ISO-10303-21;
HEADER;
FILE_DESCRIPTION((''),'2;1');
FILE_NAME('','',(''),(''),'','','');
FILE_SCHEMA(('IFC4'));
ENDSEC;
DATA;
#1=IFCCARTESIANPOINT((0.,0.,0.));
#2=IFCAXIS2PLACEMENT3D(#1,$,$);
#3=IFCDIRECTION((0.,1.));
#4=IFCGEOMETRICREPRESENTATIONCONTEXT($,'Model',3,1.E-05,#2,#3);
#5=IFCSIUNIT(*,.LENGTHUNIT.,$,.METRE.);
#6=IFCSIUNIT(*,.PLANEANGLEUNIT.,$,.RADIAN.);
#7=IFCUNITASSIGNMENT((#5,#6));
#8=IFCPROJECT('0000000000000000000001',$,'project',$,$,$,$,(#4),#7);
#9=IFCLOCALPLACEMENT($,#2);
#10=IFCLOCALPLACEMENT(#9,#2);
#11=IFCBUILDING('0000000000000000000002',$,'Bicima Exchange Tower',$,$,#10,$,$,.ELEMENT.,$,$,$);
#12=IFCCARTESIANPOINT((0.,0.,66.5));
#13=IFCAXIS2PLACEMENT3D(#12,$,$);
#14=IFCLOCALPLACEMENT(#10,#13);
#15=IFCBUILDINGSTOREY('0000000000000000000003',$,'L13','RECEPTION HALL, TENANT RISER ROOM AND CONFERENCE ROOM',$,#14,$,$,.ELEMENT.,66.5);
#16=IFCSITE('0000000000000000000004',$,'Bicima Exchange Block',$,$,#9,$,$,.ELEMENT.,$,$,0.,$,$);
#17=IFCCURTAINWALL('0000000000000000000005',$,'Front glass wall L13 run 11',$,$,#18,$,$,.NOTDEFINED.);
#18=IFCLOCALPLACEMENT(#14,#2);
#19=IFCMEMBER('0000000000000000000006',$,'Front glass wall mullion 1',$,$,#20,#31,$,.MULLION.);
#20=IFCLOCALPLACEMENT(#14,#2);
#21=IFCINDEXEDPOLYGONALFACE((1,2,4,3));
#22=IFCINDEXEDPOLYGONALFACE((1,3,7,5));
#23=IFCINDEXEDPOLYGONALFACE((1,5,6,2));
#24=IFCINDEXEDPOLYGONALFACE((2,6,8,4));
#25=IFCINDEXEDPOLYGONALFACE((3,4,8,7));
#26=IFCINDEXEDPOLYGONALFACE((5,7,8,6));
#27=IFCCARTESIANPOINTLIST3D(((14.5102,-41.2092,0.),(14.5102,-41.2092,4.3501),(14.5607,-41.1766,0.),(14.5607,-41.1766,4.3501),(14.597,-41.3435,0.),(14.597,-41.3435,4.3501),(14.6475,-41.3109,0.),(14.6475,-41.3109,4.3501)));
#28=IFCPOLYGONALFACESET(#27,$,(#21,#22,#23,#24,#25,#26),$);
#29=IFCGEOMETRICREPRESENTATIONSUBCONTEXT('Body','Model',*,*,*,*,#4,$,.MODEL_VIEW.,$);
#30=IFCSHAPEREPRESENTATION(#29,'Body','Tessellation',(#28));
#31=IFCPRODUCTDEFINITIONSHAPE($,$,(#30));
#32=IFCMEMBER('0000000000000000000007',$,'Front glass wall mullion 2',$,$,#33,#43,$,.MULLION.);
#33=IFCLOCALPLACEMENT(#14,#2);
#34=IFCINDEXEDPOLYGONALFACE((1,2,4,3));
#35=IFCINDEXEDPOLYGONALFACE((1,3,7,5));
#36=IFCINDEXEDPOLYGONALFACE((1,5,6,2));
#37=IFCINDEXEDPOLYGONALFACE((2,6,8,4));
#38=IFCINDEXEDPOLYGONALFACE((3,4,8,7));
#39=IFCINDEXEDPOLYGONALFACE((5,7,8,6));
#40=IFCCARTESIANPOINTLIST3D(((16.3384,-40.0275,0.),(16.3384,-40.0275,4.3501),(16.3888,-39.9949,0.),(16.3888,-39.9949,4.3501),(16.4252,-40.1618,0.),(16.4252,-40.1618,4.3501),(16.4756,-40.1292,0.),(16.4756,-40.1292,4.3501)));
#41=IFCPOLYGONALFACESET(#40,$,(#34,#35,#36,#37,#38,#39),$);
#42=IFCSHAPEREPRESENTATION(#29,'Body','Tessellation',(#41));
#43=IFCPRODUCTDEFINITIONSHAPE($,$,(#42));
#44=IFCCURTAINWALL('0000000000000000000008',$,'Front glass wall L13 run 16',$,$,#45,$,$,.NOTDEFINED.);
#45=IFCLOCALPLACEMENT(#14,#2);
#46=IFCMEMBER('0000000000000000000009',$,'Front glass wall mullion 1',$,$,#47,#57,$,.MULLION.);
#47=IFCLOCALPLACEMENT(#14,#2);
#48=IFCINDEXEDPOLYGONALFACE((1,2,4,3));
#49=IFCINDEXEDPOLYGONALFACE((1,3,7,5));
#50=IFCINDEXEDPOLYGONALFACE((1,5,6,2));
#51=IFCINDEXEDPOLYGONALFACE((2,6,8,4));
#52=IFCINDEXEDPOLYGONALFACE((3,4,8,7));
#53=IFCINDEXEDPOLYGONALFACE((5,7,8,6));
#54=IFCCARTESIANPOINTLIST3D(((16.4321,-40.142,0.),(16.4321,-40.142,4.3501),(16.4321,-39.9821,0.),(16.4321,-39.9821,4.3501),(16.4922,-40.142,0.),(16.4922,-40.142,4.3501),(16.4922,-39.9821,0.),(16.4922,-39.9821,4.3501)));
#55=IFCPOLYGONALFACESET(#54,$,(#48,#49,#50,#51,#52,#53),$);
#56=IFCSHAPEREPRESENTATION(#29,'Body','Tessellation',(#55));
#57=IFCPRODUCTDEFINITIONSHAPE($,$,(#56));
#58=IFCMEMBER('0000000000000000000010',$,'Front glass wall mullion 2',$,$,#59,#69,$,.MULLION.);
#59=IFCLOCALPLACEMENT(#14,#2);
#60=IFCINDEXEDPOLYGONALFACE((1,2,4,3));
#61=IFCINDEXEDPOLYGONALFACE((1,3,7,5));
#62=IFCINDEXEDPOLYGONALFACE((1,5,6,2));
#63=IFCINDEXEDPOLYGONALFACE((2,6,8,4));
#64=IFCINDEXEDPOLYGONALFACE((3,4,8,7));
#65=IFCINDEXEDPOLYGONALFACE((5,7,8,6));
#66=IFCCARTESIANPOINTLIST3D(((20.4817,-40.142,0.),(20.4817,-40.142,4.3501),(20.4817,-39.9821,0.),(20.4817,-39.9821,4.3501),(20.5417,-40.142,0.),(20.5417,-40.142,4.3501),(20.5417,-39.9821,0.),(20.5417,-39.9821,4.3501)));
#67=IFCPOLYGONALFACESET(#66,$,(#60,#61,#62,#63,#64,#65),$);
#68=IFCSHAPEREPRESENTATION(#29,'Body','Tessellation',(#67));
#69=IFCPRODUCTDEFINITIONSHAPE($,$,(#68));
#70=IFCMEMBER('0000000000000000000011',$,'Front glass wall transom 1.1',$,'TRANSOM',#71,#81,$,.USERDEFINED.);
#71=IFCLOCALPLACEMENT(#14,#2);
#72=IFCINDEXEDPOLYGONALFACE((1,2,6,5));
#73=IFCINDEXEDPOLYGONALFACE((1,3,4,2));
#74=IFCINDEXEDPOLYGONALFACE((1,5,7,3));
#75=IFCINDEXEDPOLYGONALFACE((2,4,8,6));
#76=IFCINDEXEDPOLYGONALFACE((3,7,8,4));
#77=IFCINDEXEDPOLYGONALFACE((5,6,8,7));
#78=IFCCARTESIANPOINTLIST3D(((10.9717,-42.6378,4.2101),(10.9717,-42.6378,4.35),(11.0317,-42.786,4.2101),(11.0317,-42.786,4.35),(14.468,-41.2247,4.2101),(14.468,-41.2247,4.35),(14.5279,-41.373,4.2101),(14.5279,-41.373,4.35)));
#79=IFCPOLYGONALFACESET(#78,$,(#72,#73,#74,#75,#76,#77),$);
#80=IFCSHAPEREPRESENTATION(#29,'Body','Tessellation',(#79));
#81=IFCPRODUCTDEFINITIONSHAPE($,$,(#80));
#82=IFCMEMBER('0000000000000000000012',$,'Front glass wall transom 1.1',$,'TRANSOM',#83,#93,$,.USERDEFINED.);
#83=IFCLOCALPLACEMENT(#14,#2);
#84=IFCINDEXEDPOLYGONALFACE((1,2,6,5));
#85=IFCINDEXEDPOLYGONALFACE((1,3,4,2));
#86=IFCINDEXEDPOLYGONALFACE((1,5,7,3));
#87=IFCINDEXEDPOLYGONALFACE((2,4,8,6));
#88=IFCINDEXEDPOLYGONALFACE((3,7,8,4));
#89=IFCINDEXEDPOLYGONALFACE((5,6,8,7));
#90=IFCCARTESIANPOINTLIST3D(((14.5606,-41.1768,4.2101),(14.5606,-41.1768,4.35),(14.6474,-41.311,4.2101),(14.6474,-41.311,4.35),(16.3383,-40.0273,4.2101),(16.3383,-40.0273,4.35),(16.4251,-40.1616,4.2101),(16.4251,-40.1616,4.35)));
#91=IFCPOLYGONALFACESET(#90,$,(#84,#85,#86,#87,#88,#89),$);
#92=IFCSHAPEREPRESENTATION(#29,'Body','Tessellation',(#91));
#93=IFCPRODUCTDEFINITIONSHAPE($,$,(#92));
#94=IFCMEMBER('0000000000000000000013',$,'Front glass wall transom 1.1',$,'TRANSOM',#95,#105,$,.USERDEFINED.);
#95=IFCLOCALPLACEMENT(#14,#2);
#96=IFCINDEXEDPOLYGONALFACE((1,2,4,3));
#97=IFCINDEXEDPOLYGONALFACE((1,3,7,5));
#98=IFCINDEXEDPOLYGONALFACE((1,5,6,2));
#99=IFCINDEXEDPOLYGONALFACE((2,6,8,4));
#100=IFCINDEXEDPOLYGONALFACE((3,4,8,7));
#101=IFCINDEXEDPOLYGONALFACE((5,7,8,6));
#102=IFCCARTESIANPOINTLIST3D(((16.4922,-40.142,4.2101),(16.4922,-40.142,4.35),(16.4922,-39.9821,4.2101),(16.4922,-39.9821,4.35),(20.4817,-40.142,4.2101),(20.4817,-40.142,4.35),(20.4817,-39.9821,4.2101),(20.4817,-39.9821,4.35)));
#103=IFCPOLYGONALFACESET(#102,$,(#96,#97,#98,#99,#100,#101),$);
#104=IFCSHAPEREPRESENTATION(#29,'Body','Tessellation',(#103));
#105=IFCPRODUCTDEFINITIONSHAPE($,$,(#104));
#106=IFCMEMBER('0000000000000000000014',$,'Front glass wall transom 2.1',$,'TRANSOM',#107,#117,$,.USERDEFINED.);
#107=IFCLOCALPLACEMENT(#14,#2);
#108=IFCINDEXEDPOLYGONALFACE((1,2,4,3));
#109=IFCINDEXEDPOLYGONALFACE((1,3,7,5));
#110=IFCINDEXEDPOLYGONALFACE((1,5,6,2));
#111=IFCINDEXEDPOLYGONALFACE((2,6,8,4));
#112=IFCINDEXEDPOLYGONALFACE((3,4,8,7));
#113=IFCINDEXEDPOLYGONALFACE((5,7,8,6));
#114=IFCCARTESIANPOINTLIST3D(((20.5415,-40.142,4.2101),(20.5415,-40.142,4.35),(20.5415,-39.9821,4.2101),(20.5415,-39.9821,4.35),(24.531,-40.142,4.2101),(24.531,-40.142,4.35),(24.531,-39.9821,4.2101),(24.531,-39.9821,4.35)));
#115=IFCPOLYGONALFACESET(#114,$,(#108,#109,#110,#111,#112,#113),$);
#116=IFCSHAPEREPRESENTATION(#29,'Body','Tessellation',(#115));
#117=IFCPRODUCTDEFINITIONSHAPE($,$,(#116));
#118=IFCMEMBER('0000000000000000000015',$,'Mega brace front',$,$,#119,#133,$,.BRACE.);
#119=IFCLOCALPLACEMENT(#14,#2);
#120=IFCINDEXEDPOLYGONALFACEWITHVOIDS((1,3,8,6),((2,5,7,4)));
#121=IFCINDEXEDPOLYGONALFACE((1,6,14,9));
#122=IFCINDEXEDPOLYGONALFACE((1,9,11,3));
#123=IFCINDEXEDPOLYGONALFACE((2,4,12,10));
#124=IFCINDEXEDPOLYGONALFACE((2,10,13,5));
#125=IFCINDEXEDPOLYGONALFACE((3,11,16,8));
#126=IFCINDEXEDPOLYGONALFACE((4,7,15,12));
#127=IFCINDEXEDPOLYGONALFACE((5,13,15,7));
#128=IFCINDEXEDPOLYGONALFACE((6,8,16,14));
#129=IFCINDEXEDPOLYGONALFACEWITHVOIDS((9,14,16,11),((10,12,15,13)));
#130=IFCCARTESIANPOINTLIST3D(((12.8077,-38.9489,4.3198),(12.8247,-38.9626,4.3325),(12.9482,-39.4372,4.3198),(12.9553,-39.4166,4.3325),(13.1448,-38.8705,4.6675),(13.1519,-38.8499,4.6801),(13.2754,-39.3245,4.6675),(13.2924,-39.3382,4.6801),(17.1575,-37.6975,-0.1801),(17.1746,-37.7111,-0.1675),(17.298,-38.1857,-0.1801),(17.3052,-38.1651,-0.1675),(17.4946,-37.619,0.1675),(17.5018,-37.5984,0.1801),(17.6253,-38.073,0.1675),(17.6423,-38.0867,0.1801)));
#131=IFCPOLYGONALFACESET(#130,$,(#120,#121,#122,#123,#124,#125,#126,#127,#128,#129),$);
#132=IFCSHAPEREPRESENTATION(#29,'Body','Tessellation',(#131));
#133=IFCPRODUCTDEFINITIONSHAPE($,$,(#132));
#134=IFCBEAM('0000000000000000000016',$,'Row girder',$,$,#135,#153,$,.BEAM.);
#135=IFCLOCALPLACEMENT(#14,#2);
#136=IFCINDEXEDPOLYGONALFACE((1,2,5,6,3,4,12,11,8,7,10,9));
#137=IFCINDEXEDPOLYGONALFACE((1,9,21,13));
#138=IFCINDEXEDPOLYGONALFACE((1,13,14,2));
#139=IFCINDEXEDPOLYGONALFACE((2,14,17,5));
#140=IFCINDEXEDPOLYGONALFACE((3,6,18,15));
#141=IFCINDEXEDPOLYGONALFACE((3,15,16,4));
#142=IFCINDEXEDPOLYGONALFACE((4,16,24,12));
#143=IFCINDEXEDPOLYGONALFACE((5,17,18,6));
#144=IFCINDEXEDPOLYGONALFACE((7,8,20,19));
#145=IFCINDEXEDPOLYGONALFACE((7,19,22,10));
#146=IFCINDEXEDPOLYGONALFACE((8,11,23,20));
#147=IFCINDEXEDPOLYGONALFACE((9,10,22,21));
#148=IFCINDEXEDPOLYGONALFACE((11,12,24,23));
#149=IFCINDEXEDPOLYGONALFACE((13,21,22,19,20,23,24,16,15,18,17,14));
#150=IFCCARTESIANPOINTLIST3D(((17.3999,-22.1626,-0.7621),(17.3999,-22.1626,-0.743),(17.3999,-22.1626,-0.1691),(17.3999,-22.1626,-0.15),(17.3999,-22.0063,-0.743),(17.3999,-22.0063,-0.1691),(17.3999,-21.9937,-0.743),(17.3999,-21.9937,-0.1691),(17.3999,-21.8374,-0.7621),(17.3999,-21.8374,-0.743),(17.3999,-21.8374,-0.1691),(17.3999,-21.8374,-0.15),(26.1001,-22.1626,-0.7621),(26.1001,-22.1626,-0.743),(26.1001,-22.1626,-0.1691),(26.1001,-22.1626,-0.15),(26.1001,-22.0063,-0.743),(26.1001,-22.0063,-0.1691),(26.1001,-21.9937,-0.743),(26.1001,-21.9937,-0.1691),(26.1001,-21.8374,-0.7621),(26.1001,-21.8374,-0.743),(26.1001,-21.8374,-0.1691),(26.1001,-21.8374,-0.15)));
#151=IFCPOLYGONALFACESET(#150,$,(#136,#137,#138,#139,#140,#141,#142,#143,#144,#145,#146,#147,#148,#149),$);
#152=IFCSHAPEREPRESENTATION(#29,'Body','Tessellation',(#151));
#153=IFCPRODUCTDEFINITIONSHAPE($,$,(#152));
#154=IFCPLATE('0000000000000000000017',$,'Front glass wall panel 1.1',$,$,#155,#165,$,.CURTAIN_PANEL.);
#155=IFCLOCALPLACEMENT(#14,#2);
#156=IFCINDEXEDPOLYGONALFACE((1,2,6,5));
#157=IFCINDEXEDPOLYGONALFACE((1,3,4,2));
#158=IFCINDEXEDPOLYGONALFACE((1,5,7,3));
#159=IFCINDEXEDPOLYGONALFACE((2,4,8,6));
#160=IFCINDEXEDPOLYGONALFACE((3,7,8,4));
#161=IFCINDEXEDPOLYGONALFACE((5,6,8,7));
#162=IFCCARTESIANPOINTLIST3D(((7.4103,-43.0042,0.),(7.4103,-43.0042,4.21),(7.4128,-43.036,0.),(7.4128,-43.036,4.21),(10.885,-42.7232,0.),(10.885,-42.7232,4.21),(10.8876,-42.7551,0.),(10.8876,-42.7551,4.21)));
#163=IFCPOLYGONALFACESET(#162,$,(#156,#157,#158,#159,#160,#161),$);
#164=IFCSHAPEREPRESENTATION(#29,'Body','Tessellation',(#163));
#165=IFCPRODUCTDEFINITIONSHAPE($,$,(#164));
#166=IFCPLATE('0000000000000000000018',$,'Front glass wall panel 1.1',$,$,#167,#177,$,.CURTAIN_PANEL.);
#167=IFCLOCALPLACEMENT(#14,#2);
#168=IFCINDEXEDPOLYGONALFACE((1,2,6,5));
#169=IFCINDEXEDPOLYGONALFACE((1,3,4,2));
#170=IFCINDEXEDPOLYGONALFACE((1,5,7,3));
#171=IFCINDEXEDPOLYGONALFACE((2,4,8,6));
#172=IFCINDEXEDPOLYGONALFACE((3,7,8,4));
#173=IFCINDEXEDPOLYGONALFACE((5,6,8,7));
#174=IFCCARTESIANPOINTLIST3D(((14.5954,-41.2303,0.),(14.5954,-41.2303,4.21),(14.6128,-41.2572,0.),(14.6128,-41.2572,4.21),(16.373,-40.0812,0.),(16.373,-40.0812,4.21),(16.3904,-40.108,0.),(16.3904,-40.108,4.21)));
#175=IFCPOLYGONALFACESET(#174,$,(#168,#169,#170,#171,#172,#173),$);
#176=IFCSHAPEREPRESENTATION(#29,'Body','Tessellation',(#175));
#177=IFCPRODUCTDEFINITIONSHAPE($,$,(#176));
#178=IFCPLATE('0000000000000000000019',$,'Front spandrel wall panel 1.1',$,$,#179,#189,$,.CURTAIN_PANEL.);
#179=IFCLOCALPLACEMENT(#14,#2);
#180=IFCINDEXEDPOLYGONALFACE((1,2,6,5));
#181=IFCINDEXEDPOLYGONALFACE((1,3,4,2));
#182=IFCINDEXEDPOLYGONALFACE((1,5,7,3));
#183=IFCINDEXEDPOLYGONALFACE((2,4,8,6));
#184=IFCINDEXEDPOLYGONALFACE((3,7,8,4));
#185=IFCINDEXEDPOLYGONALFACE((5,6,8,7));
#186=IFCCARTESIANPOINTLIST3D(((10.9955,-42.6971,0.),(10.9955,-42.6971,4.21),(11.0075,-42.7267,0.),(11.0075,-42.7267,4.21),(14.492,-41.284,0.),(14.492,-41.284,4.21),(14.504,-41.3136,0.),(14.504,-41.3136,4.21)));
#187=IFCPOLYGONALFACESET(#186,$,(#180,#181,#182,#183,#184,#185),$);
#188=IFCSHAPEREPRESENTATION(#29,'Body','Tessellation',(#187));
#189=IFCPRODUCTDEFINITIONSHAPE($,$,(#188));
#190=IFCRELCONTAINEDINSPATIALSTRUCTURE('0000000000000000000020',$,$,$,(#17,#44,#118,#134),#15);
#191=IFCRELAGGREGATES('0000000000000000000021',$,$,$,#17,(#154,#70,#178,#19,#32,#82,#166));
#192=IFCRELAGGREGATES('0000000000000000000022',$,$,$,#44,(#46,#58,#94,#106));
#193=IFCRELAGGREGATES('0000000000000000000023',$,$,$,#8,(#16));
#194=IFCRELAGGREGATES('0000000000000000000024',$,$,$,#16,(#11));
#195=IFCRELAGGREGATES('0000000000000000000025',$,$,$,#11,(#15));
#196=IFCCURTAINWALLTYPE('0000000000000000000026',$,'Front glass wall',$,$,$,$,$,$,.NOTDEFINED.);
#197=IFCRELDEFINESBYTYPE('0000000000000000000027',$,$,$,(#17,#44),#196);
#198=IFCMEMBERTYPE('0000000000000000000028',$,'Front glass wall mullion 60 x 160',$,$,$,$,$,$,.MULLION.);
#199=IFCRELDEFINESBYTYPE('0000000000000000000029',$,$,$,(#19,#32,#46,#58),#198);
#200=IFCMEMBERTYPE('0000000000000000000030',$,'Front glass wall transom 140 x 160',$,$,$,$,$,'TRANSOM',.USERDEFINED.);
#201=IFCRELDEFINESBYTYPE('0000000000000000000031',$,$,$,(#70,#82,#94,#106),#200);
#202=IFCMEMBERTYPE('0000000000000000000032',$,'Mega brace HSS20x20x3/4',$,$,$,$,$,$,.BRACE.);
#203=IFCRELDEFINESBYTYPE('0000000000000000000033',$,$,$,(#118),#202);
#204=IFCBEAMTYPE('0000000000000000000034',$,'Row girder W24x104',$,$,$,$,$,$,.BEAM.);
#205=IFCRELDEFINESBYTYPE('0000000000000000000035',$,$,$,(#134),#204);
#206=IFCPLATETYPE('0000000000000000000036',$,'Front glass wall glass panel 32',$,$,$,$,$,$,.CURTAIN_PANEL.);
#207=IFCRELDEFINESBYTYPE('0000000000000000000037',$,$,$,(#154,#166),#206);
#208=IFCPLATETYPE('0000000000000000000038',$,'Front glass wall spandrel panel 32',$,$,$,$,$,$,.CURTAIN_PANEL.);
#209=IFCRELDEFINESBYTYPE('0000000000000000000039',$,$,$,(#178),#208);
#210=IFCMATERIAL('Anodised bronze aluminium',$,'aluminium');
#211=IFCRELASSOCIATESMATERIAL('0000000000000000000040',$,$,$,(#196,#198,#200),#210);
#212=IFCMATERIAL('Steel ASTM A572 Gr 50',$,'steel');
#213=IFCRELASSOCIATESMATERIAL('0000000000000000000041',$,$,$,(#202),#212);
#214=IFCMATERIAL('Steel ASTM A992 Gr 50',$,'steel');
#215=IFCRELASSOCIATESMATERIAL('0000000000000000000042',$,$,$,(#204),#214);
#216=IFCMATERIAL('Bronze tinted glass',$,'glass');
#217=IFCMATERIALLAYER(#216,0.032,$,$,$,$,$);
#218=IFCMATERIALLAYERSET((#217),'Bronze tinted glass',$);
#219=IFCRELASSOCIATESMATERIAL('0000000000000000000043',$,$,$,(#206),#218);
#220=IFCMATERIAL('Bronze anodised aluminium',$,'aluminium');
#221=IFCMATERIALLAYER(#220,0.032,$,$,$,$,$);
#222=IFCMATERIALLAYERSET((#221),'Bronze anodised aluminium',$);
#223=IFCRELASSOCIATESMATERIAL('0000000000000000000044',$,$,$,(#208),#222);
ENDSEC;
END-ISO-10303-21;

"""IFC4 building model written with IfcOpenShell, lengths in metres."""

from ifc_helpers import new_model, si_unit, direction, frame, origin, origin_2d, place, context, subcontext, project, spatial, rectangle, hollow_rectangle, i_section, extrude, material, layer, layer_set, material_profile, profile_set, type_object, element, aggregate, save


model = new_model("IFC4")

# Units and contexts
model_context = context("Model", 3, precision=1e-05, world=origin(), true_north=direction((0.0, 1.0)))
body_context = subcontext(model_context, "Body", "Model", "MODEL_VIEW")
ifc_project = project(units=[si_unit("LENGTHUNIT", "METRE"), si_unit("PLANEANGLEUNIT", "RADIAN")], contexts=[model_context])

# Site, building, storey
site_placement = place(None, origin())
site = spatial("IfcSite", under=ifc_project, at=site_placement, Name="Bicima Exchange Block", CompositionType="ELEMENT", RefElevation=0.0)
building_placement = place(site_placement, origin())
building = spatial("IfcBuilding", under=site, at=building_placement, Name="Bicima Exchange Tower", CompositionType="ELEMENT")
storey_placement = place(building_placement, frame((0.0, 0.0, 66.5)))
storey = spatial("IfcBuildingStorey", under=building, at=storey_placement, Name="L13", Description="RECEPTION HALL, TENANT RISER ROOM AND CONFERENCE ROOM", CompositionType="ELEMENT", Elevation=66.5)

# Shared definitions
ifc_material_1 = material(Name="Steel ASTM A992 Gr 50", Category="steel")

# Shared definitions
ifc_material_profile_1 = material_profile(ifc_material_1, i_section(OverallWidth=0.3252, OverallDepth=0.6121, WebThickness=0.0127, FlangeThickness=0.019, at=origin_2d()))
ifc_profile_set_1 = profile_set([ifc_material_profile_1], Name="Steel ASTM A992 Gr 50")

# Curtain walls, members
ifc_material_2 = material(Name="Anodised bronze aluminium", Category="aluminium")
curtain_wall_type = type_object("IfcCurtainWallType", Name="Front glass wall", PredefinedType="NOTDEFINED", material=ifc_material_2)
curtain_wall_1_placement = place(storey_placement, origin())
curtain_wall_1 = element("IfcCurtainWall", 1, at=curtain_wall_1_placement, inside=storey, type_object=curtain_wall_type, Name="Front glass wall L13 run 11", PredefinedType="NOTDEFINED")
ifc_material_profile_2 = material_profile(ifc_material_2, rectangle(XDim=0.1599, YDim=0.0601, at=origin_2d()))
ifc_profile_set_2 = profile_set([ifc_material_profile_2], Name="Anodised bronze aluminium")
member_type_1 = type_object("IfcMemberType", Name="Front glass wall mullion 60 x 160", PredefinedType="MULLION", material=ifc_profile_set_2)
member_1_placement = place(storey_placement, frame((14.5789, -41.26, 0.0), z_axis=(0.0, 0.0, 1.0), x_axis=(-0.542909, 0.839791, 0.0)))
member_1 = element("IfcMember", 2, at=member_1_placement, type_object=member_type_1, Name="Front glass wall mullion 1", PredefinedType="MULLION", context=body_context, shape_type="SweptSolid", body=[
    extrude(rectangle(XDim=0.1599, YDim=0.0601, at=origin_2d()), origin(), (0.0, 0.0, 1.0), 4.3501),
])
member_2_placement = place(storey_placement, frame((16.407, -40.0784, 0.0), z_axis=(0.0, 0.0, 1.0), x_axis=(-0.542909, 0.839791, 0.0)))
member_2 = element("IfcMember", 3, at=member_2_placement, type_object=member_type_1, Name="Front glass wall mullion 2", PredefinedType="MULLION", context=body_context, shape_type="SweptSolid", body=[
    extrude(rectangle(XDim=0.1599, YDim=0.0601, at=origin_2d()), origin(), (0.0, 0.0, 1.0), 4.3501),
])
curtain_wall_2_placement = place(storey_placement, origin())
curtain_wall_2 = element("IfcCurtainWall", 4, at=curtain_wall_2_placement, inside=storey, type_object=curtain_wall_type, Name="Front glass wall L13 run 16", PredefinedType="NOTDEFINED")
member_3_placement = place(storey_placement, frame((16.4622, -40.062, 0.0), z_axis=(0.0, 0.0, 1.0), x_axis=(0.0, 1.0, 0.0)))
member_3 = element("IfcMember", 5, at=member_3_placement, type_object=member_type_1, Name="Front glass wall mullion 1", PredefinedType="MULLION", context=body_context, shape_type="SweptSolid", body=[
    extrude(rectangle(XDim=0.1599, YDim=0.0601, at=origin_2d()), origin(), (0.0, 0.0, 1.0), 4.3501),
])
member_4_placement = place(storey_placement, frame((20.5117, -40.062, 0.0), z_axis=(0.0, 0.0, 1.0), x_axis=(0.0, 1.0, 0.0)))
member_4 = element("IfcMember", 6, at=member_4_placement, type_object=member_type_1, Name="Front glass wall mullion 2", PredefinedType="MULLION", context=body_context, shape_type="SweptSolid", body=[
    extrude(rectangle(XDim=0.1599, YDim=0.0601, at=origin_2d()), origin(), (0.0, 0.0, 1.0), 4.3501),
])

# Members
ifc_material_profile_3 = material_profile(ifc_material_2, rectangle(XDim=0.1599, YDim=0.1399, at=origin_2d()))
ifc_profile_set_3 = profile_set([ifc_material_profile_3], Name="Anodised bronze aluminium")
member_type_2 = type_object("IfcMemberType", Name="Front glass wall transom 140 x 160", ElementType="TRANSOM", PredefinedType="USERDEFINED", material=ifc_profile_set_3)
member_5_placement = place(storey_placement, frame((11.0017, -42.7119, 4.28), z_axis=(0.92714, 0.374715, 0.0), x_axis=(-0.374715, 0.92714, 0.0)))
member_5 = element("IfcMember", 7, at=member_5_placement, type_object=member_type_2, Name="Front glass wall transom 1.1", ObjectType="TRANSOM", PredefinedType="USERDEFINED", context=body_context, shape_type="SweptSolid", body=[
    extrude(rectangle(XDim=0.1599, YDim=0.1399, at=origin_2d()), origin(), (0.0, 0.0, 1.0), 3.771),
])
member_6_placement = place(storey_placement, frame((14.604, -41.2439, 4.28), z_axis=(0.83974, 0.542988, 0.0), x_axis=(-0.542988, 0.83974, 0.0)))
member_6 = element("IfcMember", 8, at=member_6_placement, type_object=member_type_2, Name="Front glass wall transom 1.1", ObjectType="TRANSOM", PredefinedType="USERDEFINED", context=body_context, shape_type="SweptSolid", body=[
    extrude(rectangle(XDim=0.1599, YDim=0.1399, at=origin_2d()), origin(), (0.0, 0.0, 1.0), 2.1169),
])
member_7_placement = place(storey_placement, frame((16.4922, -40.062, 4.28), z_axis=(1.0, 0.0, 0.0), x_axis=(0.0, 1.0, 0.0)))
member_7 = element("IfcMember", 9, at=member_7_placement, type_object=member_type_2, Name="Front glass wall transom 1.1", ObjectType="TRANSOM", PredefinedType="USERDEFINED", context=body_context, shape_type="SweptSolid", body=[
    extrude(rectangle(XDim=0.1599, YDim=0.1399, at=origin_2d()), origin(), (0.0, 0.0, 1.0), 3.9895),
])
member_8_placement = place(storey_placement, frame((20.5415, -40.062, 4.28), z_axis=(1.0, 0.0, 0.0), x_axis=(0.0, 1.0, 0.0)))
member_8 = element("IfcMember", 10, at=member_8_placement, type_object=member_type_2, Name="Front glass wall transom 2.1", ObjectType="TRANSOM", PredefinedType="USERDEFINED", context=body_context, shape_type="SweptSolid", body=[
    extrude(rectangle(XDim=0.1599, YDim=0.1399, at=origin_2d()), origin(), (0.0, 0.0, 1.0), 3.9895),
])
ifc_material_3 = material(Name="Steel ASTM A572 Gr 50", Category="steel")
ifc_material_profile_4 = material_profile(ifc_material_3, hollow_rectangle(XDim=0.5081, YDim=0.5081, WallThickness=0.0178, at=origin_2d()))
ifc_profile_set_4 = profile_set([ifc_material_profile_4], Name="Steel ASTM A572 Gr 50")
member_type_3 = type_object("IfcMemberType", Name="Mega brace HSS20x20x3/4", PredefinedType="BRACE", material=ifc_profile_set_4)
member_9_placement = place(storey_placement, frame((17.3999, -37.8921, 0.0), z_axis=(-0.681519, -0.196075, 0.705044), x_axis=(0.276487, -0.961018, 0.0)))
element("IfcMember", 11, at=member_9_placement, inside=storey, type_object=member_type_3, Name="Mega brace front", PredefinedType="BRACE", context=body_context, shape_type="SweptSolid", body=[
    extrude(hollow_rectangle(XDim=0.5081, YDim=0.5081, WallThickness=0.0178, at=origin_2d()), origin(), (0.0, 0.0, 1.0), 6.3826),
])

# Beam
beam_type_1 = type_object("IfcBeamType", Name="Row girder W24x104", PredefinedType="BEAM", material=ifc_profile_set_1)
beam_1_placement = place(storey_placement, frame((17.3999, -22.0, -0.4561), z_axis=(1.0, 0.0, 0.0), x_axis=(0.0, 1.0, 0.0)))
element("IfcBeam", 12, at=beam_1_placement, inside=storey, type_object=beam_type_1, Name="Row girder", PredefinedType="BEAM", context=body_context, shape_type="SweptSolid", body=[
    extrude(i_section(OverallWidth=0.3252, OverallDepth=0.6121, WebThickness=0.0127, FlangeThickness=0.019, at=origin_2d()), origin(), (0.0, 0.0, 1.0), 8.7002),
])

# Plates
ifc_material_4 = material(Name="Bronze tinted glass", Category="glass")
ifc_layer_1 = layer(ifc_material_4, 0.032)
ifc_layer_set_1 = layer_set([ifc_layer_1], Name="Bronze tinted glass")
plate_type_1 = type_object("IfcPlateType", Name="Front glass wall glass panel 32", PredefinedType="CURTAIN_PANEL", material=ifc_layer_set_1)
plate_1_placement = place(storey_placement, frame((9.1489, -42.8796, 0.0), z_axis=(0.0, 0.0, 1.0), x_axis=(0.996747, 0.080589, 0.0)))
plate_1 = element("IfcPlate", 13, at=plate_1_placement, type_object=plate_type_1, Name="Front glass wall panel 1.1", PredefinedType="CURTAIN_PANEL", context=body_context, shape_type="SweptSolid", body=[
    extrude(rectangle(XDim=3.4861, YDim=0.032, at=origin_2d()), origin(), (0.0, 0.0, 1.0), 4.21),
])
plate_2_placement = place(storey_placement, frame((15.4929, -40.6692, 0.0), z_axis=(0.0, 0.0, 1.0), x_axis=(0.839791, 0.542909, 0.0)))
plate_2 = element("IfcPlate", 14, at=plate_2_placement, type_object=plate_type_1, Name="Front glass wall panel 1.1", PredefinedType="CURTAIN_PANEL", context=body_context, shape_type="SweptSolid", body=[
    extrude(rectangle(XDim=2.1167, YDim=0.032, at=origin_2d()), origin(), (0.0, 0.0, 1.0), 4.21),
])
ifc_material_5 = material(Name="Bronze anodised aluminium", Category="aluminium")
ifc_layer_2 = layer(ifc_material_5, 0.032)
ifc_layer_set_2 = layer_set([ifc_layer_2], Name="Bronze anodised aluminium")
plate_type_2 = type_object("IfcPlateType", Name="Front glass wall spandrel panel 32", PredefinedType="CURTAIN_PANEL", material=ifc_layer_set_2)
plate_3_placement = place(storey_placement, frame((12.7498, -42.0054, 0.0), z_axis=(0.0, 0.0, 1.0), x_axis=(0.927144, 0.374705, 0.0)))
plate_3 = element("IfcPlate", 15, at=plate_3_placement, type_object=plate_type_2, Name="Front spandrel wall panel 1.1", PredefinedType="CURTAIN_PANEL", context=body_context, shape_type="SweptSolid", body=[
    extrude(rectangle(XDim=3.7712, YDim=0.032, at=origin_2d()), origin(), (0.0, 0.0, 1.0), 4.21),
])
aggregate(curtain_wall_1, [plate_1, member_5, plate_3, member_1, member_2, member_6, plate_2])
aggregate(curtain_wall_2, [member_3, member_4, member_7, member_8])

save(model, "model.ifc")
